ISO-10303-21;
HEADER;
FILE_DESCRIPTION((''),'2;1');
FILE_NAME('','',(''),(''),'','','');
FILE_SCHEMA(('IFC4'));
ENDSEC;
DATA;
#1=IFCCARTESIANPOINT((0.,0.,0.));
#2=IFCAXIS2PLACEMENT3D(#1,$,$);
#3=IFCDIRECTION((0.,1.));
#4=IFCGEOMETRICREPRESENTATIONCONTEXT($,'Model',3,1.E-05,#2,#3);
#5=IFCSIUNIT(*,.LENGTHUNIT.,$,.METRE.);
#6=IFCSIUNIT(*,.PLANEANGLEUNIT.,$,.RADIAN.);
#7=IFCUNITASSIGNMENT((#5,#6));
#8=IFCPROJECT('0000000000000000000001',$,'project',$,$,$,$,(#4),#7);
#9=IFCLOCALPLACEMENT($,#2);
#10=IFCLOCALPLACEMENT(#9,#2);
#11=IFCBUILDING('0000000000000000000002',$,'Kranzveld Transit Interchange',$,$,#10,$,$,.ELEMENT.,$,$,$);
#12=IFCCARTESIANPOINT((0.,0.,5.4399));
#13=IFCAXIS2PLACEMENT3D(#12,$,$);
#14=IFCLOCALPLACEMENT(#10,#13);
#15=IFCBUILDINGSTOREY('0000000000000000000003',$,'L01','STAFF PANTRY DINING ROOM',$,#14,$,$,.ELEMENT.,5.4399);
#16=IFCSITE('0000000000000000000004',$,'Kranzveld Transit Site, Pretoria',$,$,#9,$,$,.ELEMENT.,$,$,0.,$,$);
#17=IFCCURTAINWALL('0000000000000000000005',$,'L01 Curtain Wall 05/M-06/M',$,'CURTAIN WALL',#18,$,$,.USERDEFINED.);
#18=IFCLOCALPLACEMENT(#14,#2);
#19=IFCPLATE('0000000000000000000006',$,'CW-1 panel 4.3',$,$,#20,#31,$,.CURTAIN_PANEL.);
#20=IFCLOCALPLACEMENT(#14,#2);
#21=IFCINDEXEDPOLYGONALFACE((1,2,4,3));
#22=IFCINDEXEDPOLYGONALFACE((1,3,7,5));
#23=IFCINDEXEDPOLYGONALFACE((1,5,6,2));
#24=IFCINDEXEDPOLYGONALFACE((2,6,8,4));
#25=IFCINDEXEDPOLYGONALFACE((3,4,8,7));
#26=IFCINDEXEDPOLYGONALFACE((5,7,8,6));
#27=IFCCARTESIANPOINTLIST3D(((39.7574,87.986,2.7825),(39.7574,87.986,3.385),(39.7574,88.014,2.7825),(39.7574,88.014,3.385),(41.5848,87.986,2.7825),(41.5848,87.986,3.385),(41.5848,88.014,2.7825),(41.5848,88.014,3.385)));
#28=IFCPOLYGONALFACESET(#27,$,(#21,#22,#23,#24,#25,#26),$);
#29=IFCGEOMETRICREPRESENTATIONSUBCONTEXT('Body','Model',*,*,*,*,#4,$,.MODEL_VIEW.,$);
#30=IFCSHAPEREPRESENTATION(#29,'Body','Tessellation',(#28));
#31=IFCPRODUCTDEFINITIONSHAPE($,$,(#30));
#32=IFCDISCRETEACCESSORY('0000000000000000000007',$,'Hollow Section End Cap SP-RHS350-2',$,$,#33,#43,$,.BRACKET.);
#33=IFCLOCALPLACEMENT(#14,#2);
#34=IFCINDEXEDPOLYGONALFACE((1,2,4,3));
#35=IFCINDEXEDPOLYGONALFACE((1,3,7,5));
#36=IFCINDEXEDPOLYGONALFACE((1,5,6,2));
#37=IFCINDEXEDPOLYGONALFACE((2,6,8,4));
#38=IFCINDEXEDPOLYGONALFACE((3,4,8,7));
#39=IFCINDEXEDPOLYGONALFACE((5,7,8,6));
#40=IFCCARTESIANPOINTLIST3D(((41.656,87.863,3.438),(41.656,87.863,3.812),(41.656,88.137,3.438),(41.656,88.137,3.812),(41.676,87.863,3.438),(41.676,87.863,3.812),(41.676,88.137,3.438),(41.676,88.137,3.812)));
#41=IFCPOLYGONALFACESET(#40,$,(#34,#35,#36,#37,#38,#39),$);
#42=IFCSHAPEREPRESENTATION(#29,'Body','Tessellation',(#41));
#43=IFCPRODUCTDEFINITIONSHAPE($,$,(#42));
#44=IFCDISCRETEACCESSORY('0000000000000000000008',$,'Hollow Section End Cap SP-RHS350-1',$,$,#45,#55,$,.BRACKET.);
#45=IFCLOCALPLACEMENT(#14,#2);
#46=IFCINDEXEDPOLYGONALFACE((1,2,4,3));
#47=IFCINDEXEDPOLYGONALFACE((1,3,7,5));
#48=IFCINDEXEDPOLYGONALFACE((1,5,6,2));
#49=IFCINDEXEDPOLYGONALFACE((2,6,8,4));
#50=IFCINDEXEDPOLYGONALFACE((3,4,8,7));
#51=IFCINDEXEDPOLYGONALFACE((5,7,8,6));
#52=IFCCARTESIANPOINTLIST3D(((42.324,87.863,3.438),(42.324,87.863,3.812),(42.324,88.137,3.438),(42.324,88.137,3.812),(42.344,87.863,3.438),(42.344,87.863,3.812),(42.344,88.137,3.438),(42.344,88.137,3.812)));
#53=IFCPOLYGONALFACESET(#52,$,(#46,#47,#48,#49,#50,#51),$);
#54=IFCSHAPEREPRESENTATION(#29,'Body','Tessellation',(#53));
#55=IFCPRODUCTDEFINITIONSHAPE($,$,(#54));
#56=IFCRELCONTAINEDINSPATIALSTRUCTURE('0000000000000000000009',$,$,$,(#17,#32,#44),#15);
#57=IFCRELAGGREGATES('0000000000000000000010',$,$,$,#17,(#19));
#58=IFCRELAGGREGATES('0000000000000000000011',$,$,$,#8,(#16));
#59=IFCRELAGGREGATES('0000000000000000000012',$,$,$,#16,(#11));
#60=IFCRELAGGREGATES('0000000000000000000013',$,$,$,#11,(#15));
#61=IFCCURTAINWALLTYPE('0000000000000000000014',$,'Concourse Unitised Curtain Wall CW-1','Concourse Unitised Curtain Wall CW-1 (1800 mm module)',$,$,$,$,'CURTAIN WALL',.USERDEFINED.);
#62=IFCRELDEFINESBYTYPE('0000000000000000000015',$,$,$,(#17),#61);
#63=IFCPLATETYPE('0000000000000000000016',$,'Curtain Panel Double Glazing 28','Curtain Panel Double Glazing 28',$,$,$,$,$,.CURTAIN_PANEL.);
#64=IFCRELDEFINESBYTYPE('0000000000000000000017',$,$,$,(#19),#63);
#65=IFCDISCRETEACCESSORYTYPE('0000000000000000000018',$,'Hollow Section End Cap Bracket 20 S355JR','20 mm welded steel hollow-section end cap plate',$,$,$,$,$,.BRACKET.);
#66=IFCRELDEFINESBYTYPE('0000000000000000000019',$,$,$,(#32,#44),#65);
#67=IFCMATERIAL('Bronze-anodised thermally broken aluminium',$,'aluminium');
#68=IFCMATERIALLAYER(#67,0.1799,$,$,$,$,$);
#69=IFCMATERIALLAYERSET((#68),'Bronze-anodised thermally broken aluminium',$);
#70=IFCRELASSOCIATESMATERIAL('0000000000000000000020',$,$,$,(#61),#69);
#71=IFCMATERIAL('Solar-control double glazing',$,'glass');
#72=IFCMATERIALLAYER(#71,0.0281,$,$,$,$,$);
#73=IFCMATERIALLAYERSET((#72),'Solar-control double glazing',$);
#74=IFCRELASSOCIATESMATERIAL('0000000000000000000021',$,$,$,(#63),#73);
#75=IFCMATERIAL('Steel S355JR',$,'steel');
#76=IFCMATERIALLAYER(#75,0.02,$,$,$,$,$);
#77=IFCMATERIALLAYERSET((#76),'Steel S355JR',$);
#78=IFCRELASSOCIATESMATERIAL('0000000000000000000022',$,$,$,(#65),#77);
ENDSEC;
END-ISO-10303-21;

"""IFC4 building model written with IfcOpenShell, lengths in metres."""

from ifc_helpers import new_model, si_unit, direction, frame, origin, origin_2d, place, context, subcontext, project, spatial, rectangle, extrude, material, layer, layer_set, type_object, element, aggregate, save


model = new_model("IFC4")

# Units and contexts
model_context = context("Model", 3, precision=1e-05, world=origin(), true_north=direction((0.0, 1.0)))
body_context = subcontext(model_context, "Body", "Model", "MODEL_VIEW")
ifc_project = project(units=[si_unit("LENGTHUNIT", "METRE"), si_unit("PLANEANGLEUNIT", "RADIAN")], contexts=[model_context])

# Site, building, storey
site_placement = place(None, origin())
site = spatial("IfcSite", under=ifc_project, at=site_placement, Name="Kranzveld Transit Site, Pretoria", CompositionType="ELEMENT", RefElevation=0.0)
building_placement = place(site_placement, origin())
building = spatial("IfcBuilding", under=site, at=building_placement, Name="Kranzveld Transit Interchange", CompositionType="ELEMENT")
storey_placement = place(building_placement, frame((0.0, 0.0, 5.4399)))
storey = spatial("IfcBuildingStorey", under=building, at=storey_placement, Name="L01", Description="STAFF PANTRY DINING ROOM", CompositionType="ELEMENT", Elevation=5.4399)

# Curtain wall
ifc_material_1 = material(Name="Bronze-anodised thermally broken aluminium", Category="aluminium")
ifc_layer_1 = layer(ifc_material_1, 0.1799)
ifc_layer_set_1 = layer_set([ifc_layer_1], Name="Bronze-anodised thermally broken aluminium")
curtain_wall_type_1 = type_object("IfcCurtainWallType", Name="Concourse Unitised Curtain Wall CW-1", Description="Concourse Unitised Curtain Wall CW-1 (1800 mm module)", ElementType="CURTAIN WALL", PredefinedType="USERDEFINED", material=ifc_layer_set_1)
curtain_wall_1_placement = place(storey_placement, origin())
curtain_wall_1 = element("IfcCurtainWall", 1, at=curtain_wall_1_placement, inside=storey, type_object=curtain_wall_type_1, Name="L01 Curtain Wall 05/M-06/M", ObjectType="CURTAIN WALL", PredefinedType="USERDEFINED")

# Plate
ifc_material_2 = material(Name="Solar-control double glazing", Category="glass")
ifc_layer_2 = layer(ifc_material_2, 0.0281)
ifc_layer_set_2 = layer_set([ifc_layer_2], Name="Solar-control double glazing")
plate_type_1 = type_object("IfcPlateType", Name="Curtain Panel Double Glazing 28", Description="Curtain Panel Double Glazing 28", PredefinedType="CURTAIN_PANEL", material=ifc_layer_set_2)
plate_1_placement = place(storey_placement, frame((40.6711, 88.0, 2.7825), z_axis=(0.0, 0.0, 1.0), x_axis=(1.0, 0.0, 0.0)))
plate_1 = element("IfcPlate", 2, at=plate_1_placement, type_object=plate_type_1, Name="CW-1 panel 4.3", PredefinedType="CURTAIN_PANEL", context=body_context, shape_type="SweptSolid", body=[
    extrude(rectangle(XDim=1.8274, YDim=0.0281, at=origin_2d()), origin(), (0.0, 0.0, 1.0), 0.6025),
])
aggregate(curtain_wall_1, [plate_1])

# Discrete accessories
ifc_material_3 = material(Name="Steel S355JR", Category="steel")
ifc_layer_3 = layer(ifc_material_3, 0.02)
ifc_layer_set_3 = layer_set([ifc_layer_3], Name="Steel S355JR")
discrete_accessory_type = type_object("IfcDiscreteAccessoryType", Name="Hollow Section End Cap Bracket 20 S355JR", Description="20 mm welded steel hollow-section end cap plate", PredefinedType="BRACKET", material=ifc_layer_set_3)
for number, where, z_axis, x_axis, name in (
    (3, (41.656, 88.0, 3.625), (1.0, 0.0, 0.0), (0.0, 1.0, 0.0), "Hollow Section End Cap SP-RHS350-2"),
    (4, (42.344, 88.0, 3.625), (-1.0, 0.0, 0.0), (0.0, -1.0, 0.0), "Hollow Section End Cap SP-RHS350-1"),
):
    element("IfcDiscreteAccessory", number, at=place(storey_placement, frame(where, z_axis=z_axis, x_axis=x_axis)), inside=storey, type_object=discrete_accessory_type, Name=name, PredefinedType="BRACKET", context=body_context, shape_type="SweptSolid", body=[
        extrude(rectangle(XDim=0.2739, YDim=0.374, at=origin_2d()), origin(), (0.0, 0.0, 1.0), 0.02),
    ])

save(model, "model.ifc")
